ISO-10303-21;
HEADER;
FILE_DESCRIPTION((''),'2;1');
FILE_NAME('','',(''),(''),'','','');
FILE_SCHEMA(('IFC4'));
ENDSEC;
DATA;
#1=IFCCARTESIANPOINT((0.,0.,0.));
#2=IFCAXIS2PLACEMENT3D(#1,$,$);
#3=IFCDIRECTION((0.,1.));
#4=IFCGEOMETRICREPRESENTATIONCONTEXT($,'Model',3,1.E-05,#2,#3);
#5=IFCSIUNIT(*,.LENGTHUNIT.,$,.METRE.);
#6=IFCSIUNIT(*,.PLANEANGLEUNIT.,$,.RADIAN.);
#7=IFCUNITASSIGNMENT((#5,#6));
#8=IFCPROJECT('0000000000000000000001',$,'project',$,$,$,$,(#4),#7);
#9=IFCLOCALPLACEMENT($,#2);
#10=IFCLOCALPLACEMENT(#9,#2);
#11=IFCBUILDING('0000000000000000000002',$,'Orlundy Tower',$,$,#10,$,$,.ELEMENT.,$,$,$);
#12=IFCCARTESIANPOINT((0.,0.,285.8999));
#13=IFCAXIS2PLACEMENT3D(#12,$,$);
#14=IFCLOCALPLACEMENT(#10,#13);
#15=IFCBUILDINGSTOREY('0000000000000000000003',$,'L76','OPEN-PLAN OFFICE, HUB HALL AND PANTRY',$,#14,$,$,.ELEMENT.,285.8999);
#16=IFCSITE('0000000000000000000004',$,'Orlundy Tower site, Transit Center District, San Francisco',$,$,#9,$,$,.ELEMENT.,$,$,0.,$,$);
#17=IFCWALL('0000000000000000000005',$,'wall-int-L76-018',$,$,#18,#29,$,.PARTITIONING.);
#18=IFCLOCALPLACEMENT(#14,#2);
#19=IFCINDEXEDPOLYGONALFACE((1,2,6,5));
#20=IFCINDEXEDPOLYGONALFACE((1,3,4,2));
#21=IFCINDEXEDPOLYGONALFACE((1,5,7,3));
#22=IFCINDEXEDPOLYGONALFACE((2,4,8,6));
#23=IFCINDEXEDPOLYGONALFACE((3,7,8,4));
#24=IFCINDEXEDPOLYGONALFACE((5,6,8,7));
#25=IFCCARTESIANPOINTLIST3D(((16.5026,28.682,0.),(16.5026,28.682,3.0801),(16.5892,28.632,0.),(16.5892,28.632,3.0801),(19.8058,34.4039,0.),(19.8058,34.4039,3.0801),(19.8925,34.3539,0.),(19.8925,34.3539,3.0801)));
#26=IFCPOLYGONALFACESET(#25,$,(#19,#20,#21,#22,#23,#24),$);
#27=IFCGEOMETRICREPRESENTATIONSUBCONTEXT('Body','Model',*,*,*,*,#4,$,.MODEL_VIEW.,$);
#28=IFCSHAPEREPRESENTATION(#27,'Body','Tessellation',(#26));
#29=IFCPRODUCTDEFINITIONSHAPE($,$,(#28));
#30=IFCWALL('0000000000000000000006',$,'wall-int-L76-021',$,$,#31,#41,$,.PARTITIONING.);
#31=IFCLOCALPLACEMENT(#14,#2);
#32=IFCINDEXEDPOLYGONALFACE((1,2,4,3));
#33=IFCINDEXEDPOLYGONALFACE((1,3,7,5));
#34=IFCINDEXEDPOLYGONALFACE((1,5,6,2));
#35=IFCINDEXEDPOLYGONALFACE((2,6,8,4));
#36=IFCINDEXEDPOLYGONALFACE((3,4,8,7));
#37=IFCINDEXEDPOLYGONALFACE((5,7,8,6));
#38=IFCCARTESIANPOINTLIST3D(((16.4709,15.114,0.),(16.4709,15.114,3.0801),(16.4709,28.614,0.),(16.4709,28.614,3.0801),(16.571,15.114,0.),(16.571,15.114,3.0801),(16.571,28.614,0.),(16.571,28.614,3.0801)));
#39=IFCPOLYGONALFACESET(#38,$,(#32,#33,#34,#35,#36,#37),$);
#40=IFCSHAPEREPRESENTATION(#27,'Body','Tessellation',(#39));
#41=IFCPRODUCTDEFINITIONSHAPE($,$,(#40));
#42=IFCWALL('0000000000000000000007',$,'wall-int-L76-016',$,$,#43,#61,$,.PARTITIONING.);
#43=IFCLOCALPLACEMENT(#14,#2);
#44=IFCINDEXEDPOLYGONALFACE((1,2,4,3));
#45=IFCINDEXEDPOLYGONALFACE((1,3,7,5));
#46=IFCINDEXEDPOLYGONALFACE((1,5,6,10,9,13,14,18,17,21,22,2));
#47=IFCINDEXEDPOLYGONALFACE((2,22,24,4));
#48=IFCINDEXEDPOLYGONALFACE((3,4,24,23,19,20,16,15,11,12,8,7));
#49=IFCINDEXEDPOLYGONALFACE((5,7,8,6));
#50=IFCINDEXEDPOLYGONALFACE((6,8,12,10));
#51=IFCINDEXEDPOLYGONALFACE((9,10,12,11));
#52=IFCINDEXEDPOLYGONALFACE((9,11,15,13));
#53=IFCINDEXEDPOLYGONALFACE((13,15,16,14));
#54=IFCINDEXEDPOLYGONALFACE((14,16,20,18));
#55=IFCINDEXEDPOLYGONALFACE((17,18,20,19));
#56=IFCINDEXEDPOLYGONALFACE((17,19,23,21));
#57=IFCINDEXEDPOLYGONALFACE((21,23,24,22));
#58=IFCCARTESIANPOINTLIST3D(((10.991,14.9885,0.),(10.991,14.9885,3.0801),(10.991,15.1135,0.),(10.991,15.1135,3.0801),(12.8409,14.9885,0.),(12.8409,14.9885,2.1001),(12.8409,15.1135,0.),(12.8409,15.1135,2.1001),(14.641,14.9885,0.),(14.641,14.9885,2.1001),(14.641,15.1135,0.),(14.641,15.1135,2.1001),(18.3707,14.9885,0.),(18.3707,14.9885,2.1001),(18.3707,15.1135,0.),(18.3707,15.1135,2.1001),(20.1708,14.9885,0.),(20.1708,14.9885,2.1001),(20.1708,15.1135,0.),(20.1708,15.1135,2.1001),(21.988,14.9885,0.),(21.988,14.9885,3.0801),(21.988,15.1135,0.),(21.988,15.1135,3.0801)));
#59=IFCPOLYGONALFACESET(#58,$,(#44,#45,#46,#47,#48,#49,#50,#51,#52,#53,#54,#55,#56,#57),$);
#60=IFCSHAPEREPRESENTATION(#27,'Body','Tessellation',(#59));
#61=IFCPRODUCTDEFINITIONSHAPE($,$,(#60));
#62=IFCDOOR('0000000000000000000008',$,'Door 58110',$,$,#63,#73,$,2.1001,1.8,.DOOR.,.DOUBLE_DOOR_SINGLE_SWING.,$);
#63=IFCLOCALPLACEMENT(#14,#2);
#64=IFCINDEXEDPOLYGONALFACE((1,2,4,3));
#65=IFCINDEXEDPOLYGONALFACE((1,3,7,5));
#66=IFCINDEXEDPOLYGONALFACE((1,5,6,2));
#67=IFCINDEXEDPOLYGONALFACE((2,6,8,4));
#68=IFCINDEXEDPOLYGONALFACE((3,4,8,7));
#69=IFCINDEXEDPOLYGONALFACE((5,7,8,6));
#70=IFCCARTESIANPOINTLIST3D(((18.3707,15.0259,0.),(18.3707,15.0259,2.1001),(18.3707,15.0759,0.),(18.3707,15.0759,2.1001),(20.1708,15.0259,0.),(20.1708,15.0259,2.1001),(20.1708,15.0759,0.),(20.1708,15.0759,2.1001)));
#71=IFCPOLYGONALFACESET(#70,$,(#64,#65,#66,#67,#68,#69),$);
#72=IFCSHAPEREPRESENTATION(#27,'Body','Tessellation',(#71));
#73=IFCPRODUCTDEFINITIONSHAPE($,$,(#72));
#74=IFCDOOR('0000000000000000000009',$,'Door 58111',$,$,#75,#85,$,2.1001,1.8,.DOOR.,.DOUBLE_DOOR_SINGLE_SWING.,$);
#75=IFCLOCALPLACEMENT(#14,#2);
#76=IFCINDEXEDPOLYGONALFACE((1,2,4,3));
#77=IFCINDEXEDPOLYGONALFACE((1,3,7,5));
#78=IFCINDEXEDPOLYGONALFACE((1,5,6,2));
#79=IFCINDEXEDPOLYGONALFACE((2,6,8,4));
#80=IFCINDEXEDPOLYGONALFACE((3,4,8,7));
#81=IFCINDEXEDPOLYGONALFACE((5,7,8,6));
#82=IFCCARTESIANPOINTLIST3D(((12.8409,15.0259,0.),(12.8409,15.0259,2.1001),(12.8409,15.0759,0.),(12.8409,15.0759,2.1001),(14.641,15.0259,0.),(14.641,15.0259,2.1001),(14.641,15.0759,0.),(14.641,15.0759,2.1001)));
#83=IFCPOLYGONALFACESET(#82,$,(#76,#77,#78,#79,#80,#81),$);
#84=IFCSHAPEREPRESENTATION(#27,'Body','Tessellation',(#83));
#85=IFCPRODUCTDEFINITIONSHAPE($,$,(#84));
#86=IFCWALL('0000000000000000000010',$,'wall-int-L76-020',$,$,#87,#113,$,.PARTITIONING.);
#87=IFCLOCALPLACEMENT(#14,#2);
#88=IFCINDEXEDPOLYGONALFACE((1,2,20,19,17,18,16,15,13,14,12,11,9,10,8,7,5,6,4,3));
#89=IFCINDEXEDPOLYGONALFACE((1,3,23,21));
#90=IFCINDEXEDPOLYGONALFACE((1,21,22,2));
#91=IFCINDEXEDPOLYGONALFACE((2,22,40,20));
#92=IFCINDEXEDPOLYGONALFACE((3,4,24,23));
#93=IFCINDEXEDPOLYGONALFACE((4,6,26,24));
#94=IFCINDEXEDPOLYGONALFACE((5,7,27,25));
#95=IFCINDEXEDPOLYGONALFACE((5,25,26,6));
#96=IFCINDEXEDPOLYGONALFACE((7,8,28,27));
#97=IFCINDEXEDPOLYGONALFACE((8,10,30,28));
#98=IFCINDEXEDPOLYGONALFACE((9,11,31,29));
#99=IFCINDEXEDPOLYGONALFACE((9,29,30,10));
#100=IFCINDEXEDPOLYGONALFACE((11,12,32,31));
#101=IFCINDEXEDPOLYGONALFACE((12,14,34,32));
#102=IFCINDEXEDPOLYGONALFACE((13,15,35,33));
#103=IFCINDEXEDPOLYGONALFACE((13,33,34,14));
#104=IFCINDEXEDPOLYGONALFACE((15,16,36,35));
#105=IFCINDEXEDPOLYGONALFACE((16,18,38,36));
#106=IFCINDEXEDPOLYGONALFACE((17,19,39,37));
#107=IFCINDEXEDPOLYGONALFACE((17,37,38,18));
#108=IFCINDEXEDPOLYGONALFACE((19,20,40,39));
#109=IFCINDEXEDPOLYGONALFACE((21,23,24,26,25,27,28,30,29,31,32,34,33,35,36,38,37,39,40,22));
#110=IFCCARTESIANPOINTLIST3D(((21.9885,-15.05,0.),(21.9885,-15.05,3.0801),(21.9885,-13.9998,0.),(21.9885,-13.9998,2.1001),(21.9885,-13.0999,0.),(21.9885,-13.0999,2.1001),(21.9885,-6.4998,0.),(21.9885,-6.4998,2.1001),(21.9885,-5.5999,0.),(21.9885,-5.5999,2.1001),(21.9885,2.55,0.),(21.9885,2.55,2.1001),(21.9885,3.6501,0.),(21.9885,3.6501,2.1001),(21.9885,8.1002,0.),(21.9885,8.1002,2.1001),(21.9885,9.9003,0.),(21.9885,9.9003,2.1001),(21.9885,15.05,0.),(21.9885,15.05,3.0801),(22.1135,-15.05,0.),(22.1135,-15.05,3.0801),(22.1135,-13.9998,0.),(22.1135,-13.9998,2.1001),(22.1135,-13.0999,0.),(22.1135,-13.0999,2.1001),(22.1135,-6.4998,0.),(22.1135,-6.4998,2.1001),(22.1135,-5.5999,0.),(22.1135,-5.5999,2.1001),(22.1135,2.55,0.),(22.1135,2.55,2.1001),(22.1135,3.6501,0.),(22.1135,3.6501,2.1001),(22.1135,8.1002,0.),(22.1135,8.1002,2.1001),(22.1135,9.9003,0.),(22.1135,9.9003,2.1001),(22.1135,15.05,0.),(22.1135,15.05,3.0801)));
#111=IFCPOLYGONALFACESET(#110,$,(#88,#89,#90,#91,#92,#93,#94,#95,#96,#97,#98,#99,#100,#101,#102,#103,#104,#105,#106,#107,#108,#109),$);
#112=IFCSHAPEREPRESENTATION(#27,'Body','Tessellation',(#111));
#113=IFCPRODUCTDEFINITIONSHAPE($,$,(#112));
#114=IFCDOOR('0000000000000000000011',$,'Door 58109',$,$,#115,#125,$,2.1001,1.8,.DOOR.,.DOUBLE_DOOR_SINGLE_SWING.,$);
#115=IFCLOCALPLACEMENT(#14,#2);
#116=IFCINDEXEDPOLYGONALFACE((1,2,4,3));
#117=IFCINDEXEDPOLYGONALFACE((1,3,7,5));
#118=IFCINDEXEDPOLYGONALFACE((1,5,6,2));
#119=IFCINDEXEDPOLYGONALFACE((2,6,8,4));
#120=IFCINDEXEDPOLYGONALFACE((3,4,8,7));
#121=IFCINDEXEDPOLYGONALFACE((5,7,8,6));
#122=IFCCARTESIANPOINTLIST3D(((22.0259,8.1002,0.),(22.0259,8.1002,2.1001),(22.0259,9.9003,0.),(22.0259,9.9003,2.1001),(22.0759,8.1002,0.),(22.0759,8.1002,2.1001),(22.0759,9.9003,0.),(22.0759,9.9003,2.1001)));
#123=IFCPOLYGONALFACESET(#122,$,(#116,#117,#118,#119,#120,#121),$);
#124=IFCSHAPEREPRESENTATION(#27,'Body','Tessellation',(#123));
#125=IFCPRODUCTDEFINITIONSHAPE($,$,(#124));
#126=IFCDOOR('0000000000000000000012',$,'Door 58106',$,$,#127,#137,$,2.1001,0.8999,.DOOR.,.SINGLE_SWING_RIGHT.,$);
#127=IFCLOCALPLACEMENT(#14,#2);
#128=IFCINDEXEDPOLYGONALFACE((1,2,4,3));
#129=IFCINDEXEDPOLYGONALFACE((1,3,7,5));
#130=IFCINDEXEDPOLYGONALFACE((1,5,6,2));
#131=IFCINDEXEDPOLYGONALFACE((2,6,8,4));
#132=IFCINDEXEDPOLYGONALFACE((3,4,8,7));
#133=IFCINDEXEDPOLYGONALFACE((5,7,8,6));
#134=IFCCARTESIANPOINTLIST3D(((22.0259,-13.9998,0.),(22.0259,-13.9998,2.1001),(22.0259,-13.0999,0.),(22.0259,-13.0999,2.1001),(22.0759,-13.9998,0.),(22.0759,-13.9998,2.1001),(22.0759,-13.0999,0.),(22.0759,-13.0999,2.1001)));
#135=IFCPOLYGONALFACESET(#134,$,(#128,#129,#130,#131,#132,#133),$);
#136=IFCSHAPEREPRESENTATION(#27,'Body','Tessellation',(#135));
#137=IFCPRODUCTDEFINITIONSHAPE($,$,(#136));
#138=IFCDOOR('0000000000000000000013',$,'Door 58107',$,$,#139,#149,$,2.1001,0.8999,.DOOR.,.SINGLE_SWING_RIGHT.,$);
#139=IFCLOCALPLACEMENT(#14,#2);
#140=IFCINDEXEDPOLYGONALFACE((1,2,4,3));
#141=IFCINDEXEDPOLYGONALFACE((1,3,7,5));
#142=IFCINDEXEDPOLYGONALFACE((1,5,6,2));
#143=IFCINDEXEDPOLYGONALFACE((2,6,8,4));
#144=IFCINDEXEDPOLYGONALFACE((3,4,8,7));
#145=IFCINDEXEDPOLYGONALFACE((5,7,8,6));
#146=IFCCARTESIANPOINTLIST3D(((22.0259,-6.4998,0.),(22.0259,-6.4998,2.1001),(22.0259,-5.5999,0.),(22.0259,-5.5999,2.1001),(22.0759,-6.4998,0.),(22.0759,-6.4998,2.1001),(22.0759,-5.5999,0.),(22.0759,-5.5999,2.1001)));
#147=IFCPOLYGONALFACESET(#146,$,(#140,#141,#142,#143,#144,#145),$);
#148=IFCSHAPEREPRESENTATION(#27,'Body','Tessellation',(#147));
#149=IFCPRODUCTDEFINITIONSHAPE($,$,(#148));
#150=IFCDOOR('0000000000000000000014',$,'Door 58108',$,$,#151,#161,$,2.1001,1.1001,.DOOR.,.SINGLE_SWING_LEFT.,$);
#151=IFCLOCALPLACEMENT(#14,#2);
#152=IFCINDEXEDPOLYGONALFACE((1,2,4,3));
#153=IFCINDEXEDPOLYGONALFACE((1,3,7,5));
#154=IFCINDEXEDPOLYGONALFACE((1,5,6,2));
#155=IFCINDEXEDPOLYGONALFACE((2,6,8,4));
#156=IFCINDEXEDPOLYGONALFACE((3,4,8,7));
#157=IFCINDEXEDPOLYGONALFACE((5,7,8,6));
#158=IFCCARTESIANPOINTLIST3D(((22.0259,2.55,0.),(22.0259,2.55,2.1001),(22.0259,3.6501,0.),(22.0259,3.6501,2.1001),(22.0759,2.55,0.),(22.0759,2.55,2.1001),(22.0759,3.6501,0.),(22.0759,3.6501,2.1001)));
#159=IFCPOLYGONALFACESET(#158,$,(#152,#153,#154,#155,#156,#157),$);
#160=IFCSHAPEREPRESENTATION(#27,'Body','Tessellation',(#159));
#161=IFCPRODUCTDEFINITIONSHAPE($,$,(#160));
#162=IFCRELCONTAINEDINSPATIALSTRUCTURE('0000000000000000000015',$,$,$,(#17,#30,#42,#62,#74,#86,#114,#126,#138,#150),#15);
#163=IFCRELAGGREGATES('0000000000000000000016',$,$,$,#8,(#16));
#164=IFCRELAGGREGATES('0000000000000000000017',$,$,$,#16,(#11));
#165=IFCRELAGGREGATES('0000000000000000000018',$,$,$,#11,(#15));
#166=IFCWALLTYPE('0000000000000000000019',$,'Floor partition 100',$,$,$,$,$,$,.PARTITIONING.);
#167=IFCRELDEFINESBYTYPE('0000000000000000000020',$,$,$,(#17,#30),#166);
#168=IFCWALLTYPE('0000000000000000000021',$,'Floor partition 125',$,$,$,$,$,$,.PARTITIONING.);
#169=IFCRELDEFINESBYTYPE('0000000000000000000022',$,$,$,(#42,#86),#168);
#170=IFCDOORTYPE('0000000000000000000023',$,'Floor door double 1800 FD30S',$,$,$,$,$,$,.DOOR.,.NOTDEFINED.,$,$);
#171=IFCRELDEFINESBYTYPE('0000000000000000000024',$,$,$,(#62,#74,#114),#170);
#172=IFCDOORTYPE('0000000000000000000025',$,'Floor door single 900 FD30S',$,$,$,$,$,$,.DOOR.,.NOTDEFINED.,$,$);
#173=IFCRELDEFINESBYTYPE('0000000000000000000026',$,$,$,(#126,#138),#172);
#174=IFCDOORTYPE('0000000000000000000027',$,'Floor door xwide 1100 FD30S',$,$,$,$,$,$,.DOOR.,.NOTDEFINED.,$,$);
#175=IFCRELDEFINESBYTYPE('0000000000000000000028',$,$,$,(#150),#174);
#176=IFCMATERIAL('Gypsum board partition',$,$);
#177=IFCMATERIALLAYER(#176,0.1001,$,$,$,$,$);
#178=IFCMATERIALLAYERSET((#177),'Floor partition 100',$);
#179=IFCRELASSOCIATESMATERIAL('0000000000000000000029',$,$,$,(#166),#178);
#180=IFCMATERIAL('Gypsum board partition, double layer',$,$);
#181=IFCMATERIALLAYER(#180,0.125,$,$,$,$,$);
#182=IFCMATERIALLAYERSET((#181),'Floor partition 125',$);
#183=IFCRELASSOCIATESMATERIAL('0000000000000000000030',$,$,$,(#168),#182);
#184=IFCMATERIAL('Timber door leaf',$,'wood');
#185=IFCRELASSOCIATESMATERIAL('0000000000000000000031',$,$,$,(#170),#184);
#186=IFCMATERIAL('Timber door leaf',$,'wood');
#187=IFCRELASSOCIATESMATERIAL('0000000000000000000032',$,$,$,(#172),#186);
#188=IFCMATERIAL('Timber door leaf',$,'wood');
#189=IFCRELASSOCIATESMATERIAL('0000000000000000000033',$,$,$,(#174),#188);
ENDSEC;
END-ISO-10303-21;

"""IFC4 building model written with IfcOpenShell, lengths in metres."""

from ifc_helpers import new_model, si_unit, direction, frame, frame_2d, origin, place, context, subcontext, project, spatial, rectangle, extrude, material, layer, layer_set, type_object, element, fill, save


model = new_model("IFC4")

# Units and contexts
model_context = context("Model", 3, precision=1e-05, world=origin(), true_north=direction((0.0, 1.0)))
body_context = subcontext(model_context, "Body", "Model", "MODEL_VIEW")
ifc_project = project(units=[si_unit("LENGTHUNIT", "METRE"), si_unit("PLANEANGLEUNIT", "RADIAN")], contexts=[model_context])

# Site, building, storey
site_placement = place(None, origin())
site = spatial("IfcSite", under=ifc_project, at=site_placement, Name="Orlundy Tower site, Transit Center District, San Francisco", CompositionType="ELEMENT", RefElevation=0.0)
building_placement = place(site_placement, origin())
building = spatial("IfcBuilding", under=site, at=building_placement, Name="Orlundy Tower", CompositionType="ELEMENT")
storey_placement = place(building_placement, frame((0.0, 0.0, 285.8999)))
storey = spatial("IfcBuildingStorey", under=building, at=storey_placement, Name="L76", Description="OPEN-PLAN OFFICE, HUB HALL AND PANTRY", CompositionType="ELEMENT", Elevation=285.8999)

# Walls
ifc_material_1 = material(Name="Gypsum board partition")
ifc_layer_1 = layer(ifc_material_1, 0.1001)
ifc_layer_set_1 = layer_set([ifc_layer_1], Name="Floor partition 100")
wall_type_1 = type_object("IfcWallType", Name="Floor partition 100", PredefinedType="PARTITIONING", material=ifc_layer_set_1)
wall_1_placement = place(storey_placement, frame((16.5459, 28.657, 0.0), z_axis=(0.0, 0.0, 1.0), x_axis=(0.499962, 0.866047, 0.0)))
element("IfcWall", 1, at=wall_1_placement, inside=storey, type_object=wall_type_1, Name="wall-int-L76-018", PredefinedType="PARTITIONING", context=body_context, shape_type="SweptSolid", body=[
    extrude(rectangle(XDim=6.6069, YDim=0.1001, at=frame_2d((3.3035, 0.0))), origin(), (0.0, 0.0, 1.0), 3.0801),
])
wall_2_placement = place(storey_placement, frame((16.521, 15.114, 0.0), z_axis=(0.0, 0.0, 1.0), x_axis=(0.0, 1.0, 0.0)))
element("IfcWall", 2, at=wall_2_placement, inside=storey, type_object=wall_type_1, Name="wall-int-L76-021", PredefinedType="PARTITIONING", context=body_context, shape_type="SweptSolid", body=[
    extrude(rectangle(XDim=13.5, YDim=0.1001, at=frame_2d((6.75, 0.0))), origin(), (0.0, 0.0, 1.0), 3.0801),
])

# Walls, openings, doors
ifc_material_2 = material(Name="Gypsum board partition, double layer")
ifc_layer_2 = layer(ifc_material_2, 0.125)
ifc_layer_set_2 = layer_set([ifc_layer_2], Name="Floor partition 125")
wall_type_2 = type_object("IfcWallType", Name="Floor partition 125", PredefinedType="PARTITIONING", material=ifc_layer_set_2)
wall_3_placement = place(storey_placement, frame((10.991, 15.051, 0.0), z_axis=(0.0, 0.0, 1.0), x_axis=(1.0, 0.0, 0.0)))
wall_3 = element("IfcWall", 3, at=wall_3_placement, inside=storey, type_object=wall_type_2, Name="wall-int-L76-016", PredefinedType="PARTITIONING", context=body_context, shape_type="SweptSolid", body=[
    extrude(rectangle(XDim=10.9971, YDim=0.125, at=frame_2d((5.4985, 0.0))), origin(), (0.0, 0.0, 1.0), 3.0801),
])
opening_1_placement = place(wall_3_placement, frame((7.3799, 0.0, 0.0)))
opening_1 = element("IfcOpeningElement", 4, at=opening_1_placement, cuts=wall_3, PredefinedType="OPENING", context=body_context, shape_type="SweptSolid", body=[
    extrude(rectangle(XDim=1.8, YDim=2.1001, at=frame_2d((0.8999, 1.05))), frame((0.0, 0.0725, 0.0), z_axis=(0.0, -1.0, 0.0), x_axis=(1.0, 0.0, 0.0)), (0.0, 0.0, 1.0), 0.145),
])
opening_2_placement = place(wall_3_placement, frame((1.8501, 0.0, 0.0)))
opening_2 = element("IfcOpeningElement", 5, at=opening_2_placement, cuts=wall_3, PredefinedType="OPENING", context=body_context, shape_type="SweptSolid", body=[
    extrude(rectangle(XDim=1.8, YDim=2.1001, at=frame_2d((0.8999, 1.05))), frame((0.0, 0.0725, 0.0), z_axis=(0.0, -1.0, 0.0), x_axis=(1.0, 0.0, 0.0)), (0.0, 0.0, 1.0), 0.145),
])
ifc_material_3 = material(Name="Timber door leaf", Category="wood")
door_type_1 = type_object("IfcDoorType", Name="Floor door double 1800 FD30S", OperationType="NOTDEFINED", PredefinedType="DOOR", material=ifc_material_3)
door_1_placement = place(opening_1_placement, origin())
door_1 = element("IfcDoor", 6, at=door_1_placement, inside=storey, type_object=door_type_1, Name="Door 58110", OperationType="DOUBLE_DOOR_SINGLE_SWING", OverallHeight=2.1001, OverallWidth=1.8, PredefinedType="DOOR", context=body_context, shape_type="SweptSolid", body=[
    extrude(rectangle(XDim=1.8, YDim=2.1001, at=frame_2d((0.8999, 1.05))), frame((0.0, 0.0249, 0.0), z_axis=(0.0, -1.0, 0.0), x_axis=(1.0, 0.0, 0.0)), (0.0, 0.0, 1.0), 0.05),
])
fill(opening_1, door_1)
door_2_placement = place(opening_2_placement, origin())
door_2 = element("IfcDoor", 7, at=door_2_placement, inside=storey, type_object=door_type_1, Name="Door 58111", OperationType="DOUBLE_DOOR_SINGLE_SWING", OverallHeight=2.1001, OverallWidth=1.8, PredefinedType="DOOR", context=body_context, shape_type="SweptSolid", body=[
    extrude(rectangle(XDim=1.8, YDim=2.1001, at=frame_2d((0.8999, 1.05))), frame((0.0, 0.0249, 0.0), z_axis=(0.0, -1.0, 0.0), x_axis=(1.0, 0.0, 0.0)), (0.0, 0.0, 1.0), 0.05),
])
fill(opening_2, door_2)
wall_4_placement = place(storey_placement, frame((22.051, 15.05, 0.0), z_axis=(0.0, 0.0, 1.0), x_axis=(0.0, -1.0, 0.0)))
wall_4 = element("IfcWall", 8, at=wall_4_placement, inside=storey, type_object=wall_type_2, Name="wall-int-L76-020", PredefinedType="PARTITIONING", context=body_context, shape_type="SweptSolid", body=[
    extrude(rectangle(XDim=30.1001, YDim=0.125, at=frame_2d((15.05, 0.0))), origin(), (0.0, 0.0, 1.0), 3.0801),
])
opening_3_placement = place(wall_4_placement, frame((28.1499, 0.0, 0.0)))
opening_3 = element("IfcOpeningElement", 9, at=opening_3_placement, cuts=wall_4, PredefinedType="OPENING", context=body_context, shape_type="SweptSolid", body=[
    extrude(rectangle(XDim=0.8999, YDim=2.1001, at=frame_2d((0.45, 1.05))), frame((0.0, 0.0725, 0.0), z_axis=(0.0, -1.0, 0.0), x_axis=(1.0, 0.0, 0.0)), (0.0, 0.0, 1.0), 0.145),
])
opening_4_placement = place(wall_4_placement, frame((20.6499, 0.0, 0.0)))
opening_4 = element("IfcOpeningElement", 10, at=opening_4_placement, cuts=wall_4, PredefinedType="OPENING", context=body_context, shape_type="SweptSolid", body=[
    extrude(rectangle(XDim=0.8999, YDim=2.1001, at=frame_2d((0.45, 1.05))), frame((0.0, 0.0725, 0.0), z_axis=(0.0, -1.0, 0.0), x_axis=(1.0, 0.0, 0.0)), (0.0, 0.0, 1.0), 0.145),
])
opening_5_placement = place(wall_4_placement, frame((11.3999, 0.0, 0.0)))
opening_5 = element("IfcOpeningElement", 11, at=opening_5_placement, cuts=wall_4, PredefinedType="OPENING", context=body_context, shape_type="SweptSolid", body=[
    extrude(rectangle(XDim=1.1001, YDim=2.1001, at=frame_2d((0.55, 1.05))), frame((0.0, 0.0725, 0.0), z_axis=(0.0, -1.0, 0.0), x_axis=(1.0, 0.0, 0.0)), (0.0, 0.0, 1.0), 0.145),
])
opening_6_placement = place(wall_4_placement, frame((5.1499, 0.0, 0.0)))
opening_6 = element("IfcOpeningElement", 12, at=opening_6_placement, cuts=wall_4, PredefinedType="OPENING", context=body_context, shape_type="SweptSolid", body=[
    extrude(rectangle(XDim=1.8, YDim=2.1001, at=frame_2d((0.8999, 1.05))), frame((0.0, 0.0725, 0.0), z_axis=(0.0, -1.0, 0.0), x_axis=(1.0, 0.0, 0.0)), (0.0, 0.0, 1.0), 0.145),
])
door_3_placement = place(opening_6_placement, origin())
door_3 = element("IfcDoor", 13, at=door_3_placement, inside=storey, type_object=door_type_1, Name="Door 58109", OperationType="DOUBLE_DOOR_SINGLE_SWING", OverallHeight=2.1001, OverallWidth=1.8, PredefinedType="DOOR", context=body_context, shape_type="SweptSolid", body=[
    extrude(rectangle(XDim=1.8, YDim=2.1001, at=frame_2d((0.8999, 1.05))), frame((0.0, 0.0249, 0.0), z_axis=(0.0, -1.0, 0.0), x_axis=(1.0, 0.0, 0.0)), (0.0, 0.0, 1.0), 0.05),
])
fill(opening_6, door_3)
ifc_material_4 = material(Name="Timber door leaf", Category="wood")
door_type_2 = type_object("IfcDoorType", Name="Floor door single 900 FD30S", OperationType="NOTDEFINED", PredefinedType="DOOR", material=ifc_material_4)
door_4_placement = place(opening_3_placement, origin())
door_4 = element("IfcDoor", 14, at=door_4_placement, inside=storey, type_object=door_type_2, Name="Door 58106", OperationType="SINGLE_SWING_RIGHT", OverallHeight=2.1001, OverallWidth=0.8999, PredefinedType="DOOR", context=body_context, shape_type="SweptSolid", body=[
    extrude(rectangle(XDim=0.8999, YDim=2.1001, at=frame_2d((0.45, 1.05))), frame((0.0, 0.0249, 0.0), z_axis=(0.0, -1.0, 0.0), x_axis=(1.0, 0.0, 0.0)), (0.0, 0.0, 1.0), 0.05),
])
fill(opening_3, door_4)
door_5_placement = place(opening_4_placement, origin())
door_5 = element("IfcDoor", 15, at=door_5_placement, inside=storey, type_object=door_type_2, Name="Door 58107", OperationType="SINGLE_SWING_RIGHT", OverallHeight=2.1001, OverallWidth=0.8999, PredefinedType="DOOR", context=body_context, shape_type="SweptSolid", body=[
    extrude(rectangle(XDim=0.8999, YDim=2.1001, at=frame_2d((0.45, 1.05))), frame((0.0, 0.0249, 0.0), z_axis=(0.0, -1.0, 0.0), x_axis=(1.0, 0.0, 0.0)), (0.0, 0.0, 1.0), 0.05),
])
fill(opening_4, door_5)
ifc_material_5 = material(Name="Timber door leaf", Category="wood")
door_type_3 = type_object("IfcDoorType", Name="Floor door xwide 1100 FD30S", OperationType="NOTDEFINED", PredefinedType="DOOR", material=ifc_material_5)
door_6_placement = place(opening_5_placement, origin())
door_6 = element("IfcDoor", 16, at=door_6_placement, inside=storey, type_object=door_type_3, Name="Door 58108", OperationType="SINGLE_SWING_LEFT", OverallHeight=2.1001, OverallWidth=1.1001, PredefinedType="DOOR", context=body_context, shape_type="SweptSolid", body=[
    extrude(rectangle(XDim=1.1001, YDim=2.1001, at=frame_2d((0.55, 1.05))), frame((0.0, 0.0249, 0.0), z_axis=(0.0, -1.0, 0.0), x_axis=(1.0, 0.0, 0.0)), (0.0, 0.0, 1.0), 0.05),
])
fill(opening_5, door_6)

save(model, "model.ifc")
